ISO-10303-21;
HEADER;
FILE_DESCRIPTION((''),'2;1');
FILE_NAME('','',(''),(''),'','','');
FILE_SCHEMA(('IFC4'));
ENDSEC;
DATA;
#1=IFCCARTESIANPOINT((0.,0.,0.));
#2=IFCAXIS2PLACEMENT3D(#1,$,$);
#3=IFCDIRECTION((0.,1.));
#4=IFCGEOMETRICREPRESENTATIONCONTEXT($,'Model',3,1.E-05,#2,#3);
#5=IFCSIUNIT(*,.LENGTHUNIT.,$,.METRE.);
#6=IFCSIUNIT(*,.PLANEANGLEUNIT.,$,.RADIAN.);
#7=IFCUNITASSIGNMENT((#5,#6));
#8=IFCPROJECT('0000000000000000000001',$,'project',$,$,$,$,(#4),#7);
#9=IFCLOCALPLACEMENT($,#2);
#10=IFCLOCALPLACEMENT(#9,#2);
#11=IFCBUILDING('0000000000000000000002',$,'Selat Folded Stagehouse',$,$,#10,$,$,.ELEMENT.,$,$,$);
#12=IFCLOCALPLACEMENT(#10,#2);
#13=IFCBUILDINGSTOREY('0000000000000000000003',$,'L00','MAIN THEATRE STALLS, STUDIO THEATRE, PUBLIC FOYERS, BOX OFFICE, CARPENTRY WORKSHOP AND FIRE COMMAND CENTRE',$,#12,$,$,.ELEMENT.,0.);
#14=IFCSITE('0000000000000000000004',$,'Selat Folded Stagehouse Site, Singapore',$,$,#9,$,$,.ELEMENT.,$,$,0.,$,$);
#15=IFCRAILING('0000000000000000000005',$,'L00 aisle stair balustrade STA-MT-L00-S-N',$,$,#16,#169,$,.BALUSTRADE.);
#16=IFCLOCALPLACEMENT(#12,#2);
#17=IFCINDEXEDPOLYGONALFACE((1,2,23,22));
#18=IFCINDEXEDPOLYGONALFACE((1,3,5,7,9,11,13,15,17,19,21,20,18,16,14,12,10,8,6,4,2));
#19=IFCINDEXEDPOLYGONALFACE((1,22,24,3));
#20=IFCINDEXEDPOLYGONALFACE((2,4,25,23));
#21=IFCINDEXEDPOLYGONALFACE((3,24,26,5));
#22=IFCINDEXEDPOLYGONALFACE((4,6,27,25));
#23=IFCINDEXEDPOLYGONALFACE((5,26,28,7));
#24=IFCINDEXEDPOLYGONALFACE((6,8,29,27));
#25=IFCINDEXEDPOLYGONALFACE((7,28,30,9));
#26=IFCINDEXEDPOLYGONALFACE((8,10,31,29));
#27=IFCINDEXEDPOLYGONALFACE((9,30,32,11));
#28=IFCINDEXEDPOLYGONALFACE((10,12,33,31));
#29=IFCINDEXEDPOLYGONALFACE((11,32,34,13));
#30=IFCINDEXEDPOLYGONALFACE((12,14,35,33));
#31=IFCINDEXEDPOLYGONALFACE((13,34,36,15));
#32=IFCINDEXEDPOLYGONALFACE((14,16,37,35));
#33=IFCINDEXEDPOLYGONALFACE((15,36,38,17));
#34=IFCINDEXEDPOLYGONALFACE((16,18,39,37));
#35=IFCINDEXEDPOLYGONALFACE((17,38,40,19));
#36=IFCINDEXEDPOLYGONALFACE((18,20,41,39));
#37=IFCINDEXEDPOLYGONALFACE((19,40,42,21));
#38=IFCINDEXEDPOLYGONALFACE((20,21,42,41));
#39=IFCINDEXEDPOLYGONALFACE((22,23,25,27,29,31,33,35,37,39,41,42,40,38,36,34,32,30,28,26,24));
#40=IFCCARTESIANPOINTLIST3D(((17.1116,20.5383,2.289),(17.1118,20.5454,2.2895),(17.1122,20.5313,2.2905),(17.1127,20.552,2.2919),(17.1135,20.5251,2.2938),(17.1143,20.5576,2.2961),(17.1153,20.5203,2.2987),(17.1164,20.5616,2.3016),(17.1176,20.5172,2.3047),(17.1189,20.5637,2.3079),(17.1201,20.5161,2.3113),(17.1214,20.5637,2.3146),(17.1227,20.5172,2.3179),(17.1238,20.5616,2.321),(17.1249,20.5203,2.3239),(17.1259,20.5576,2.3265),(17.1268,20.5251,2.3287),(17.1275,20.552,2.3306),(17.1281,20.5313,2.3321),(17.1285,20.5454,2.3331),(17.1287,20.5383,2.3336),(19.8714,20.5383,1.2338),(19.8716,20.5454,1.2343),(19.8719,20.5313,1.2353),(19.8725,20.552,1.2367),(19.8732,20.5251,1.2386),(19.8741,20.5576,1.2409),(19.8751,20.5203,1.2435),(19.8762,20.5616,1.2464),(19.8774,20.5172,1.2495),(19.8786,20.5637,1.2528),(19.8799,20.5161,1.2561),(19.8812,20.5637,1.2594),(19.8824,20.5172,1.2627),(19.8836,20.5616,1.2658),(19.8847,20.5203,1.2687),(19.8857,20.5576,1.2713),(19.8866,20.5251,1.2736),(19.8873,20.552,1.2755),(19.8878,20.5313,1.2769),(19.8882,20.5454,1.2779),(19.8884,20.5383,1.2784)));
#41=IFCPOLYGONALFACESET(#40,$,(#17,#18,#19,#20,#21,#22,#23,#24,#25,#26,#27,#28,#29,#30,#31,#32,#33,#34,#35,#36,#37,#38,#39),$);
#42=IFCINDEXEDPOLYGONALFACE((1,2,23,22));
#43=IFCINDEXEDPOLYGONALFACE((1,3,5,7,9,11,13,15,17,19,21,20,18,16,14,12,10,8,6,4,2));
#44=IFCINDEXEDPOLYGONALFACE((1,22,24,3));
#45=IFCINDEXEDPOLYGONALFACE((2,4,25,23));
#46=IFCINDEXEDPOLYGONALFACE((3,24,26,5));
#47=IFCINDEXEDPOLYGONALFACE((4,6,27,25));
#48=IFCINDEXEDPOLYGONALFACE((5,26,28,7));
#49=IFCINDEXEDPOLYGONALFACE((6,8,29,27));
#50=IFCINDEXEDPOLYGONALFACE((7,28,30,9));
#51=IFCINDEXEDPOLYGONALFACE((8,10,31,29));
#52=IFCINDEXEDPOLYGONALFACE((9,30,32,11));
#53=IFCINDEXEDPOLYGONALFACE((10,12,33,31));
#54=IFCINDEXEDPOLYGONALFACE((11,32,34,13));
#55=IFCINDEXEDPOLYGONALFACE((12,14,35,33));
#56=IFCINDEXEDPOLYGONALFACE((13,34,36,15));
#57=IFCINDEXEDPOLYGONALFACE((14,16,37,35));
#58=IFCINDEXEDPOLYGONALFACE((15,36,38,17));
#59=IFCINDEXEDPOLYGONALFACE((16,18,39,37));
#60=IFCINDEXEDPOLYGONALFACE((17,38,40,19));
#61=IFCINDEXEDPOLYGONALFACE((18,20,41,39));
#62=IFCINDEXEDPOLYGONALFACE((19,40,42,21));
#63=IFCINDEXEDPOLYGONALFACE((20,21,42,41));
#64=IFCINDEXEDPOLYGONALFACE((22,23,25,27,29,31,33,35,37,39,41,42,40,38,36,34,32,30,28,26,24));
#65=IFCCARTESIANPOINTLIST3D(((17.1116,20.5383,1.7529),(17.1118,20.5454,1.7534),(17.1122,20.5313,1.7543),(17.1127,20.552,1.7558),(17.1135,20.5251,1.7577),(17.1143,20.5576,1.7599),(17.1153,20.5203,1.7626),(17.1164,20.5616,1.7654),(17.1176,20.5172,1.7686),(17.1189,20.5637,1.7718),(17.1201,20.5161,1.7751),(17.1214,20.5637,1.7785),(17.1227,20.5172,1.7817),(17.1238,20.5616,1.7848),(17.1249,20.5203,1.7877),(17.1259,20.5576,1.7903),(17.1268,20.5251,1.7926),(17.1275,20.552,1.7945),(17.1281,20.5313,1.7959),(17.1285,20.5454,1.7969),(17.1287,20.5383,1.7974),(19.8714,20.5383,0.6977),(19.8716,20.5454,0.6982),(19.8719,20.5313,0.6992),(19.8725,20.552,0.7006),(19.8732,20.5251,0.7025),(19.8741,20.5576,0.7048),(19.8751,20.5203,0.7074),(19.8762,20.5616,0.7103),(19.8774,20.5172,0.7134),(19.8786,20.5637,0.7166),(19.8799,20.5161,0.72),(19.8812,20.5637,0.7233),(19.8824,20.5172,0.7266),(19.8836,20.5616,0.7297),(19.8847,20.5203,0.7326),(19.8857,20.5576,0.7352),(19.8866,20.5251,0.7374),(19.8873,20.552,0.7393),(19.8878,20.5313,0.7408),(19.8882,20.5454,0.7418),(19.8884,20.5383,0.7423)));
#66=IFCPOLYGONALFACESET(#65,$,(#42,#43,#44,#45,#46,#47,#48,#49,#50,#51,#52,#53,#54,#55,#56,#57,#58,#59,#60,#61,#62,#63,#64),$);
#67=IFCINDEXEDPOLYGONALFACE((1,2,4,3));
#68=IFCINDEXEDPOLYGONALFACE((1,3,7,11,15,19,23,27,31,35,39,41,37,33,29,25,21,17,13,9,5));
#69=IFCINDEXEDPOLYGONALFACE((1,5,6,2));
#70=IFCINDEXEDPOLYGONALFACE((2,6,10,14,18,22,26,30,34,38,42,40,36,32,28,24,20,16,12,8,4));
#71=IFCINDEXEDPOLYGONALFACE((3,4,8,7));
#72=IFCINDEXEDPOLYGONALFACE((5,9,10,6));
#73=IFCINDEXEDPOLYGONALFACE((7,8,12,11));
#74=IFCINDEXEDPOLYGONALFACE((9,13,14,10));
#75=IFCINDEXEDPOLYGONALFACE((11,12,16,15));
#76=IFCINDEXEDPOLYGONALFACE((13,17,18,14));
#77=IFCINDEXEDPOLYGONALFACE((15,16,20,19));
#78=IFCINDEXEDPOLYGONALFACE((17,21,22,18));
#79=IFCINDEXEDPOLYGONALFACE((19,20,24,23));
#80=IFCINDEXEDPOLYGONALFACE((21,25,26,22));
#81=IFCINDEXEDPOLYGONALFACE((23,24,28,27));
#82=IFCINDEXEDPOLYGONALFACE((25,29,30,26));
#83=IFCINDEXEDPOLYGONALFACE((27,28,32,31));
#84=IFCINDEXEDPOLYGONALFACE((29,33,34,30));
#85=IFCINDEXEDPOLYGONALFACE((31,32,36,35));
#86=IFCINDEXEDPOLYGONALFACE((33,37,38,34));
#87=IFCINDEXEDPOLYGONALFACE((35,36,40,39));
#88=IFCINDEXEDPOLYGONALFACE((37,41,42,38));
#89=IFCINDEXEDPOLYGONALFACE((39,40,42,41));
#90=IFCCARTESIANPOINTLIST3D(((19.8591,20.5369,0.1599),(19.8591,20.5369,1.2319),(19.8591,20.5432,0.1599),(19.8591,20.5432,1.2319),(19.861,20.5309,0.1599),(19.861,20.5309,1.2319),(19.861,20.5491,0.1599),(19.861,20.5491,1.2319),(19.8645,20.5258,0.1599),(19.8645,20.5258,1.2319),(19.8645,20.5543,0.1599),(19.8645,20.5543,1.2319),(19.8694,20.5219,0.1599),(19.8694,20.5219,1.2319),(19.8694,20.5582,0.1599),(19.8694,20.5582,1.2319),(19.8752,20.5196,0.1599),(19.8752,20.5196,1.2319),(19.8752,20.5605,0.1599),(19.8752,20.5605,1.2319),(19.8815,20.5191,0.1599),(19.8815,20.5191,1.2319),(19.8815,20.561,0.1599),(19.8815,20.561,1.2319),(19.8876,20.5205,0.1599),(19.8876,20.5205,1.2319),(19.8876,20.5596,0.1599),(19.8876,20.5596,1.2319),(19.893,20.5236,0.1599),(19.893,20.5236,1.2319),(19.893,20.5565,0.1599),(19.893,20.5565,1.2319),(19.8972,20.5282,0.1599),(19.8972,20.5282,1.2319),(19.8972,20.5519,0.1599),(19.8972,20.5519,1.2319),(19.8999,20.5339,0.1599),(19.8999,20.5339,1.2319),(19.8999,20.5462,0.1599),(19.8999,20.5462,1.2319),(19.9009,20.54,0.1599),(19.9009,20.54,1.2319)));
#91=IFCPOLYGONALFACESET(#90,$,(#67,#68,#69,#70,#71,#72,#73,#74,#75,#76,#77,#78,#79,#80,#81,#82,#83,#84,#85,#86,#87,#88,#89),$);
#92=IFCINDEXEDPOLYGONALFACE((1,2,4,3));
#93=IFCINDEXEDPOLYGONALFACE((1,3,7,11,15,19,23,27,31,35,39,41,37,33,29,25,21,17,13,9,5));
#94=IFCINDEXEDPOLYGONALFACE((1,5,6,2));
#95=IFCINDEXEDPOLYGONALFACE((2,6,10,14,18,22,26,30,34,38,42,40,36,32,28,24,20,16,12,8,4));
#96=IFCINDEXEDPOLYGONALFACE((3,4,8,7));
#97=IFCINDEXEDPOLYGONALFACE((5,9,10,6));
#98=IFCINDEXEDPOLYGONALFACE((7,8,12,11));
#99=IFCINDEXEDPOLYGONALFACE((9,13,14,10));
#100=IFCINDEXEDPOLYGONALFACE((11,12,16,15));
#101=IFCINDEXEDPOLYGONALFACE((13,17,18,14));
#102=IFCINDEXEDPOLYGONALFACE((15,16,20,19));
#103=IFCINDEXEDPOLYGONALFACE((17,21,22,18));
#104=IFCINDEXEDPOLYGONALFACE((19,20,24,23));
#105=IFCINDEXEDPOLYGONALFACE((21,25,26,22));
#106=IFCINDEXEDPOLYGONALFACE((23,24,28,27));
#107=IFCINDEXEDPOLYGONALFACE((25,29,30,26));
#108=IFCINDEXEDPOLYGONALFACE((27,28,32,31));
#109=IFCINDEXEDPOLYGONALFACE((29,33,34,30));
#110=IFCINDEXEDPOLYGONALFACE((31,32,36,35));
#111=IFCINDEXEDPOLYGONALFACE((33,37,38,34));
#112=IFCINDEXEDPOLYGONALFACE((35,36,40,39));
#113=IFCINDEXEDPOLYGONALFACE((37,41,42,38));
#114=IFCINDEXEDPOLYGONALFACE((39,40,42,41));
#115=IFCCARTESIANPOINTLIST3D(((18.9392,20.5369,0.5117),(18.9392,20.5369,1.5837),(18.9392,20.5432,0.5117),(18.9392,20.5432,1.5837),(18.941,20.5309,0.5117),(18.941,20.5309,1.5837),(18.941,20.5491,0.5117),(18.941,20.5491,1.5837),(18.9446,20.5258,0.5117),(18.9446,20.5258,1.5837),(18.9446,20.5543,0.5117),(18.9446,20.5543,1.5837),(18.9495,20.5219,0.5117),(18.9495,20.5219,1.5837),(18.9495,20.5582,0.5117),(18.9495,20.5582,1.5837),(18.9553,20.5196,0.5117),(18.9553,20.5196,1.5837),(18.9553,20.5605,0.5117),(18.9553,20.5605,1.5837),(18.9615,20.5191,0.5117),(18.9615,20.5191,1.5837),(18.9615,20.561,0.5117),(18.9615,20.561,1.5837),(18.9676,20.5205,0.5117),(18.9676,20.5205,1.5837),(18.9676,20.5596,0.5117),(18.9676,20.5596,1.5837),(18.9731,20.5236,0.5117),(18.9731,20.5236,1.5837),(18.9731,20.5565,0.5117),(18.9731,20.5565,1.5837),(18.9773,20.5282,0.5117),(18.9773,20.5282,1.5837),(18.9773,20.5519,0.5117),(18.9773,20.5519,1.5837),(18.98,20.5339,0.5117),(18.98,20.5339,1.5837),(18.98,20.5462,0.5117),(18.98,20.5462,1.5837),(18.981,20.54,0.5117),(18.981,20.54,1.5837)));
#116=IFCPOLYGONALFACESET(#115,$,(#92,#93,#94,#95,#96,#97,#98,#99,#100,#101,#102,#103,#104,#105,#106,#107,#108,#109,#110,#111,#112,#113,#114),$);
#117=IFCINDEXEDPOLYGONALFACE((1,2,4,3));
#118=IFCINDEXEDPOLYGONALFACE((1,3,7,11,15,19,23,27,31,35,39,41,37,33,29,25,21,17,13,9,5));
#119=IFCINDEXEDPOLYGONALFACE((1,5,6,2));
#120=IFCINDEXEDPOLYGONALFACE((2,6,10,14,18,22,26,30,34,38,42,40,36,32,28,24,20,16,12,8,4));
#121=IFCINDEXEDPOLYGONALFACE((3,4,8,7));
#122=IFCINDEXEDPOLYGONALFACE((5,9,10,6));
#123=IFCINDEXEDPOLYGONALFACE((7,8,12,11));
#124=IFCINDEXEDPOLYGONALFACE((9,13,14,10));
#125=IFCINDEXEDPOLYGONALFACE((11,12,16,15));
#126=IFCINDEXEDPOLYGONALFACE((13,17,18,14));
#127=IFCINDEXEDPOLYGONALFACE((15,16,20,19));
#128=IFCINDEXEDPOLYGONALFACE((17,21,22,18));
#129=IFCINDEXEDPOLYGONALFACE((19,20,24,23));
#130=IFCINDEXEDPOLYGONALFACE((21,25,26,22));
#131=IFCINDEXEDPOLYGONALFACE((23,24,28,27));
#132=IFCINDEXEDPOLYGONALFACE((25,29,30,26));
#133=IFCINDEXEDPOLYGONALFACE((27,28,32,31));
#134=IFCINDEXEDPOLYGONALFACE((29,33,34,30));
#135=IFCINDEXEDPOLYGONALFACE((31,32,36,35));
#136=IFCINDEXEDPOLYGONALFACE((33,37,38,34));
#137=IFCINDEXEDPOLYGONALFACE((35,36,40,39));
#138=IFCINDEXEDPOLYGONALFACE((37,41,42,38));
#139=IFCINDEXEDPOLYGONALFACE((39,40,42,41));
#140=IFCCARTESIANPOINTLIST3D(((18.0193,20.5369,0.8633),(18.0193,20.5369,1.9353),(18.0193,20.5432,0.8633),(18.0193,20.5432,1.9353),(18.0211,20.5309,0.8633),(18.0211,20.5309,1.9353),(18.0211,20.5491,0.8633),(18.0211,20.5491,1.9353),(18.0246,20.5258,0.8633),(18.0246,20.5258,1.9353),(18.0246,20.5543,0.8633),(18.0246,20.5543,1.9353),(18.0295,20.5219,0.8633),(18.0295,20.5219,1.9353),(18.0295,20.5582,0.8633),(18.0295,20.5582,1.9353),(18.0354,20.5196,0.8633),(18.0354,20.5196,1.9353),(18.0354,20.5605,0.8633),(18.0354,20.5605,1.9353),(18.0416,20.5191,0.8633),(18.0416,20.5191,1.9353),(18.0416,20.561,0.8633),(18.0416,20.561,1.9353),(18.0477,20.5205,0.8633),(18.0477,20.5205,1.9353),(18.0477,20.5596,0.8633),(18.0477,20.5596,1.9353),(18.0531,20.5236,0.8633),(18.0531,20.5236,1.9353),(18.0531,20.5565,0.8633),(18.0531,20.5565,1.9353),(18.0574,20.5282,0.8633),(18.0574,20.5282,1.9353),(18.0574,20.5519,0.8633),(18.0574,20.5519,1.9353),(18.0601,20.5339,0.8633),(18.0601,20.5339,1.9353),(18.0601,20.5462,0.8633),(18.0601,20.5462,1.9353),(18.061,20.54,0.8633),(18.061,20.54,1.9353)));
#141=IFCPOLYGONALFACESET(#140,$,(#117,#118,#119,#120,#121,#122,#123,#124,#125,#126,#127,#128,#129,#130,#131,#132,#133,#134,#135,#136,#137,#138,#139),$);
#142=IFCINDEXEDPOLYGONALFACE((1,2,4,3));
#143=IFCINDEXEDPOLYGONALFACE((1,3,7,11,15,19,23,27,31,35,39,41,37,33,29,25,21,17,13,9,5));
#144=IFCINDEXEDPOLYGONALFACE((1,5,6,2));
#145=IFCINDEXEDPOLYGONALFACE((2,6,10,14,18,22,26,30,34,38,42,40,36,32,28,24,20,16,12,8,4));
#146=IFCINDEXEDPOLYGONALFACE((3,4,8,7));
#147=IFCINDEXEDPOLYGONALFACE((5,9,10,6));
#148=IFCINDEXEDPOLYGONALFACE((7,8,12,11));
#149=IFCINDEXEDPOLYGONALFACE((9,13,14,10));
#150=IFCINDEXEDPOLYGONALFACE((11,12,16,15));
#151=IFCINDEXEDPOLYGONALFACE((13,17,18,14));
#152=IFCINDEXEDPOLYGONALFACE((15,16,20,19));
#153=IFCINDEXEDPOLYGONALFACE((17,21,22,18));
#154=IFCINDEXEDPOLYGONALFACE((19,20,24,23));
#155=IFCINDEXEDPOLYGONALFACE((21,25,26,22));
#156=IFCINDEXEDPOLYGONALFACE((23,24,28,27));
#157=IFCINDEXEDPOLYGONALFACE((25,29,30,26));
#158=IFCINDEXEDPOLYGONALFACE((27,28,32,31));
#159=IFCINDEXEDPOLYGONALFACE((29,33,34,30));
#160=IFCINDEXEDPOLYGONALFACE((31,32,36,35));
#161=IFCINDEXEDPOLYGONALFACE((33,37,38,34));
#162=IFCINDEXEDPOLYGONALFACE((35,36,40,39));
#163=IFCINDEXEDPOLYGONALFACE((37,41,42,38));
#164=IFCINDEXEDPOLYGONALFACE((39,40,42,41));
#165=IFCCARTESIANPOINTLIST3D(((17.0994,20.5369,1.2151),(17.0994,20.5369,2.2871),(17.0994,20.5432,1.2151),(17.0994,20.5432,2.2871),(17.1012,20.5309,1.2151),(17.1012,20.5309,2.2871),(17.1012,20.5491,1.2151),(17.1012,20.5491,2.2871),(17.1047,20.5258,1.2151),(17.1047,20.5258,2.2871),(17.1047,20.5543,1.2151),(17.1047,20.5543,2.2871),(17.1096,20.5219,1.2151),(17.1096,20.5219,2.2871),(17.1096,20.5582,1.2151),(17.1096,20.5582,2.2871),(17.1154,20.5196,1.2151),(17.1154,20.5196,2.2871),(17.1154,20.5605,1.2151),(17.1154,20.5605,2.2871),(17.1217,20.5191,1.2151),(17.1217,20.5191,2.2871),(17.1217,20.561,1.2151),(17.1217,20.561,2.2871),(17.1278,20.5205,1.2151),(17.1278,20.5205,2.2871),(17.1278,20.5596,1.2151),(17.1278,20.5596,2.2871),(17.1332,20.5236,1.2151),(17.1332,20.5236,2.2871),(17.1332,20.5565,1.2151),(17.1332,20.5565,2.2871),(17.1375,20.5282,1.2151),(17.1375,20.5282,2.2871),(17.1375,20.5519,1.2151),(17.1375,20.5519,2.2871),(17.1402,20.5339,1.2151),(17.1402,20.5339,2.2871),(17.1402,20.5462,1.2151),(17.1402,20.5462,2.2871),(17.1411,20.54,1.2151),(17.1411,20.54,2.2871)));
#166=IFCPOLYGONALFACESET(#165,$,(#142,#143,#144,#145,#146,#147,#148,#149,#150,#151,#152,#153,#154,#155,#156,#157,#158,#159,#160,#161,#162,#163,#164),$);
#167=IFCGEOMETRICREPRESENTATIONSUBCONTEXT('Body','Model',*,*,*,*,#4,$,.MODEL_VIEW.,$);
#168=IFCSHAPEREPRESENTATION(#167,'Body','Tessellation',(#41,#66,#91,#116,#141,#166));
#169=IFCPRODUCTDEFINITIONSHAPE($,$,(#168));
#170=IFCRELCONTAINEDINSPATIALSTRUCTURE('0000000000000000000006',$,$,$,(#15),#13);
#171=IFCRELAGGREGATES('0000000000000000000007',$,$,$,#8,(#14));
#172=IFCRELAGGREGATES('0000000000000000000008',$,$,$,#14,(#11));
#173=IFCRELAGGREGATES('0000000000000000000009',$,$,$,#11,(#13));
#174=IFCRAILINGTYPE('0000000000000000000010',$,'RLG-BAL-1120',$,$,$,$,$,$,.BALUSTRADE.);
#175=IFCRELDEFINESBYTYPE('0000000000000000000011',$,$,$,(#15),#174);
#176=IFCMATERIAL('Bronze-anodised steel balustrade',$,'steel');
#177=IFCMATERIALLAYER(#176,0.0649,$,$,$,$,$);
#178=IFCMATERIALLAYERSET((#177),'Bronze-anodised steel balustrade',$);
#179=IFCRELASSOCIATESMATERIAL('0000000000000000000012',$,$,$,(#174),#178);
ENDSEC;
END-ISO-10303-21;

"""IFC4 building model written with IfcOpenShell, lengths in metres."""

from ifc_helpers import new_model, si_unit, direction, frame, origin, origin_2d, place, context, subcontext, project, spatial, circle, extrude, material, layer, layer_set, type_object, element, save


model = new_model("IFC4")

# Units and contexts
model_context = context("Model", 3, precision=1e-05, world=origin(), true_north=direction((0.0, 1.0)))
body_context = subcontext(model_context, "Body", "Model", "MODEL_VIEW")
ifc_project = project(units=[si_unit("LENGTHUNIT", "METRE"), si_unit("PLANEANGLEUNIT", "RADIAN")], contexts=[model_context])

# Site, building, storey
site_placement = place(None, origin())
site = spatial("IfcSite", under=ifc_project, at=site_placement, Name="Selat Folded Stagehouse Site, Singapore", CompositionType="ELEMENT", RefElevation=0.0)
building_placement = place(site_placement, origin())
building = spatial("IfcBuilding", under=site, at=building_placement, Name="Selat Folded Stagehouse", CompositionType="ELEMENT")
storey_placement = place(building_placement, origin())
storey = spatial("IfcBuildingStorey", under=building, at=storey_placement, Name="L00", Description="MAIN THEATRE STALLS, STUDIO THEATRE, PUBLIC FOYERS, BOX OFFICE, CARPENTRY WORKSHOP AND FIRE COMMAND CENTRE", CompositionType="ELEMENT", Elevation=0.0)

# Railing
ifc_material_1 = material(Name="Bronze-anodised steel balustrade", Category="steel")
ifc_layer_1 = layer(ifc_material_1, 0.0649)
ifc_layer_set_1 = layer_set([ifc_layer_1], Name="Bronze-anodised steel balustrade")
railing_type_1 = type_object("IfcRailingType", Name="RLG-BAL-1120", PredefinedType="BALUSTRADE", material=ifc_layer_set_1)
for number, where, name in (
    (1, (19.8799, 20.54, 0.1599), "L00 aisle stair balustrade STA-MT-L00-S-N"),
):
    element("IfcRailing", number, at=place(storey_placement, frame(where)), inside=storey, type_object=railing_type_1, Name=name, PredefinedType="BALUSTRADE", context=body_context, shape_type="SweptSolid", body=[
        extrude(circle(Radius=0.0239, at=origin_2d()), frame((0.0, 0.0, 1.0962), z_axis=(-0.934055, 0.0, 0.357129), x_axis=(0.0, -1.0, 0.0)), (0.0, 0.0, 1.0), 2.9546),
        extrude(circle(Radius=0.0239, at=origin_2d()), frame((0.0, 0.0, 0.5601), z_axis=(-0.934055, 0.0, 0.357129), x_axis=(0.0, -1.0, 0.0)), (0.0, 0.0, 1.0), 2.9546),
        extrude(circle(Radius=0.021, at=origin_2d()), origin(), (0.0, 0.0, 1.0), 1.072),
        extrude(circle(Radius=0.021, at=origin_2d()), frame((-0.9199, 0.0, 0.3518)), (0.0, 0.0, 1.0), 1.072),
        extrude(circle(Radius=0.021, at=origin_2d()), frame((-1.8398, 0.0, 0.7034)), (0.0, 0.0, 1.0), 1.072),
        extrude(circle(Radius=0.021, at=origin_2d()), frame((-2.7598, 0.0, 1.0552)), (0.0, 0.0, 1.0), 1.072),
    ])

save(model, "model.ifc")
